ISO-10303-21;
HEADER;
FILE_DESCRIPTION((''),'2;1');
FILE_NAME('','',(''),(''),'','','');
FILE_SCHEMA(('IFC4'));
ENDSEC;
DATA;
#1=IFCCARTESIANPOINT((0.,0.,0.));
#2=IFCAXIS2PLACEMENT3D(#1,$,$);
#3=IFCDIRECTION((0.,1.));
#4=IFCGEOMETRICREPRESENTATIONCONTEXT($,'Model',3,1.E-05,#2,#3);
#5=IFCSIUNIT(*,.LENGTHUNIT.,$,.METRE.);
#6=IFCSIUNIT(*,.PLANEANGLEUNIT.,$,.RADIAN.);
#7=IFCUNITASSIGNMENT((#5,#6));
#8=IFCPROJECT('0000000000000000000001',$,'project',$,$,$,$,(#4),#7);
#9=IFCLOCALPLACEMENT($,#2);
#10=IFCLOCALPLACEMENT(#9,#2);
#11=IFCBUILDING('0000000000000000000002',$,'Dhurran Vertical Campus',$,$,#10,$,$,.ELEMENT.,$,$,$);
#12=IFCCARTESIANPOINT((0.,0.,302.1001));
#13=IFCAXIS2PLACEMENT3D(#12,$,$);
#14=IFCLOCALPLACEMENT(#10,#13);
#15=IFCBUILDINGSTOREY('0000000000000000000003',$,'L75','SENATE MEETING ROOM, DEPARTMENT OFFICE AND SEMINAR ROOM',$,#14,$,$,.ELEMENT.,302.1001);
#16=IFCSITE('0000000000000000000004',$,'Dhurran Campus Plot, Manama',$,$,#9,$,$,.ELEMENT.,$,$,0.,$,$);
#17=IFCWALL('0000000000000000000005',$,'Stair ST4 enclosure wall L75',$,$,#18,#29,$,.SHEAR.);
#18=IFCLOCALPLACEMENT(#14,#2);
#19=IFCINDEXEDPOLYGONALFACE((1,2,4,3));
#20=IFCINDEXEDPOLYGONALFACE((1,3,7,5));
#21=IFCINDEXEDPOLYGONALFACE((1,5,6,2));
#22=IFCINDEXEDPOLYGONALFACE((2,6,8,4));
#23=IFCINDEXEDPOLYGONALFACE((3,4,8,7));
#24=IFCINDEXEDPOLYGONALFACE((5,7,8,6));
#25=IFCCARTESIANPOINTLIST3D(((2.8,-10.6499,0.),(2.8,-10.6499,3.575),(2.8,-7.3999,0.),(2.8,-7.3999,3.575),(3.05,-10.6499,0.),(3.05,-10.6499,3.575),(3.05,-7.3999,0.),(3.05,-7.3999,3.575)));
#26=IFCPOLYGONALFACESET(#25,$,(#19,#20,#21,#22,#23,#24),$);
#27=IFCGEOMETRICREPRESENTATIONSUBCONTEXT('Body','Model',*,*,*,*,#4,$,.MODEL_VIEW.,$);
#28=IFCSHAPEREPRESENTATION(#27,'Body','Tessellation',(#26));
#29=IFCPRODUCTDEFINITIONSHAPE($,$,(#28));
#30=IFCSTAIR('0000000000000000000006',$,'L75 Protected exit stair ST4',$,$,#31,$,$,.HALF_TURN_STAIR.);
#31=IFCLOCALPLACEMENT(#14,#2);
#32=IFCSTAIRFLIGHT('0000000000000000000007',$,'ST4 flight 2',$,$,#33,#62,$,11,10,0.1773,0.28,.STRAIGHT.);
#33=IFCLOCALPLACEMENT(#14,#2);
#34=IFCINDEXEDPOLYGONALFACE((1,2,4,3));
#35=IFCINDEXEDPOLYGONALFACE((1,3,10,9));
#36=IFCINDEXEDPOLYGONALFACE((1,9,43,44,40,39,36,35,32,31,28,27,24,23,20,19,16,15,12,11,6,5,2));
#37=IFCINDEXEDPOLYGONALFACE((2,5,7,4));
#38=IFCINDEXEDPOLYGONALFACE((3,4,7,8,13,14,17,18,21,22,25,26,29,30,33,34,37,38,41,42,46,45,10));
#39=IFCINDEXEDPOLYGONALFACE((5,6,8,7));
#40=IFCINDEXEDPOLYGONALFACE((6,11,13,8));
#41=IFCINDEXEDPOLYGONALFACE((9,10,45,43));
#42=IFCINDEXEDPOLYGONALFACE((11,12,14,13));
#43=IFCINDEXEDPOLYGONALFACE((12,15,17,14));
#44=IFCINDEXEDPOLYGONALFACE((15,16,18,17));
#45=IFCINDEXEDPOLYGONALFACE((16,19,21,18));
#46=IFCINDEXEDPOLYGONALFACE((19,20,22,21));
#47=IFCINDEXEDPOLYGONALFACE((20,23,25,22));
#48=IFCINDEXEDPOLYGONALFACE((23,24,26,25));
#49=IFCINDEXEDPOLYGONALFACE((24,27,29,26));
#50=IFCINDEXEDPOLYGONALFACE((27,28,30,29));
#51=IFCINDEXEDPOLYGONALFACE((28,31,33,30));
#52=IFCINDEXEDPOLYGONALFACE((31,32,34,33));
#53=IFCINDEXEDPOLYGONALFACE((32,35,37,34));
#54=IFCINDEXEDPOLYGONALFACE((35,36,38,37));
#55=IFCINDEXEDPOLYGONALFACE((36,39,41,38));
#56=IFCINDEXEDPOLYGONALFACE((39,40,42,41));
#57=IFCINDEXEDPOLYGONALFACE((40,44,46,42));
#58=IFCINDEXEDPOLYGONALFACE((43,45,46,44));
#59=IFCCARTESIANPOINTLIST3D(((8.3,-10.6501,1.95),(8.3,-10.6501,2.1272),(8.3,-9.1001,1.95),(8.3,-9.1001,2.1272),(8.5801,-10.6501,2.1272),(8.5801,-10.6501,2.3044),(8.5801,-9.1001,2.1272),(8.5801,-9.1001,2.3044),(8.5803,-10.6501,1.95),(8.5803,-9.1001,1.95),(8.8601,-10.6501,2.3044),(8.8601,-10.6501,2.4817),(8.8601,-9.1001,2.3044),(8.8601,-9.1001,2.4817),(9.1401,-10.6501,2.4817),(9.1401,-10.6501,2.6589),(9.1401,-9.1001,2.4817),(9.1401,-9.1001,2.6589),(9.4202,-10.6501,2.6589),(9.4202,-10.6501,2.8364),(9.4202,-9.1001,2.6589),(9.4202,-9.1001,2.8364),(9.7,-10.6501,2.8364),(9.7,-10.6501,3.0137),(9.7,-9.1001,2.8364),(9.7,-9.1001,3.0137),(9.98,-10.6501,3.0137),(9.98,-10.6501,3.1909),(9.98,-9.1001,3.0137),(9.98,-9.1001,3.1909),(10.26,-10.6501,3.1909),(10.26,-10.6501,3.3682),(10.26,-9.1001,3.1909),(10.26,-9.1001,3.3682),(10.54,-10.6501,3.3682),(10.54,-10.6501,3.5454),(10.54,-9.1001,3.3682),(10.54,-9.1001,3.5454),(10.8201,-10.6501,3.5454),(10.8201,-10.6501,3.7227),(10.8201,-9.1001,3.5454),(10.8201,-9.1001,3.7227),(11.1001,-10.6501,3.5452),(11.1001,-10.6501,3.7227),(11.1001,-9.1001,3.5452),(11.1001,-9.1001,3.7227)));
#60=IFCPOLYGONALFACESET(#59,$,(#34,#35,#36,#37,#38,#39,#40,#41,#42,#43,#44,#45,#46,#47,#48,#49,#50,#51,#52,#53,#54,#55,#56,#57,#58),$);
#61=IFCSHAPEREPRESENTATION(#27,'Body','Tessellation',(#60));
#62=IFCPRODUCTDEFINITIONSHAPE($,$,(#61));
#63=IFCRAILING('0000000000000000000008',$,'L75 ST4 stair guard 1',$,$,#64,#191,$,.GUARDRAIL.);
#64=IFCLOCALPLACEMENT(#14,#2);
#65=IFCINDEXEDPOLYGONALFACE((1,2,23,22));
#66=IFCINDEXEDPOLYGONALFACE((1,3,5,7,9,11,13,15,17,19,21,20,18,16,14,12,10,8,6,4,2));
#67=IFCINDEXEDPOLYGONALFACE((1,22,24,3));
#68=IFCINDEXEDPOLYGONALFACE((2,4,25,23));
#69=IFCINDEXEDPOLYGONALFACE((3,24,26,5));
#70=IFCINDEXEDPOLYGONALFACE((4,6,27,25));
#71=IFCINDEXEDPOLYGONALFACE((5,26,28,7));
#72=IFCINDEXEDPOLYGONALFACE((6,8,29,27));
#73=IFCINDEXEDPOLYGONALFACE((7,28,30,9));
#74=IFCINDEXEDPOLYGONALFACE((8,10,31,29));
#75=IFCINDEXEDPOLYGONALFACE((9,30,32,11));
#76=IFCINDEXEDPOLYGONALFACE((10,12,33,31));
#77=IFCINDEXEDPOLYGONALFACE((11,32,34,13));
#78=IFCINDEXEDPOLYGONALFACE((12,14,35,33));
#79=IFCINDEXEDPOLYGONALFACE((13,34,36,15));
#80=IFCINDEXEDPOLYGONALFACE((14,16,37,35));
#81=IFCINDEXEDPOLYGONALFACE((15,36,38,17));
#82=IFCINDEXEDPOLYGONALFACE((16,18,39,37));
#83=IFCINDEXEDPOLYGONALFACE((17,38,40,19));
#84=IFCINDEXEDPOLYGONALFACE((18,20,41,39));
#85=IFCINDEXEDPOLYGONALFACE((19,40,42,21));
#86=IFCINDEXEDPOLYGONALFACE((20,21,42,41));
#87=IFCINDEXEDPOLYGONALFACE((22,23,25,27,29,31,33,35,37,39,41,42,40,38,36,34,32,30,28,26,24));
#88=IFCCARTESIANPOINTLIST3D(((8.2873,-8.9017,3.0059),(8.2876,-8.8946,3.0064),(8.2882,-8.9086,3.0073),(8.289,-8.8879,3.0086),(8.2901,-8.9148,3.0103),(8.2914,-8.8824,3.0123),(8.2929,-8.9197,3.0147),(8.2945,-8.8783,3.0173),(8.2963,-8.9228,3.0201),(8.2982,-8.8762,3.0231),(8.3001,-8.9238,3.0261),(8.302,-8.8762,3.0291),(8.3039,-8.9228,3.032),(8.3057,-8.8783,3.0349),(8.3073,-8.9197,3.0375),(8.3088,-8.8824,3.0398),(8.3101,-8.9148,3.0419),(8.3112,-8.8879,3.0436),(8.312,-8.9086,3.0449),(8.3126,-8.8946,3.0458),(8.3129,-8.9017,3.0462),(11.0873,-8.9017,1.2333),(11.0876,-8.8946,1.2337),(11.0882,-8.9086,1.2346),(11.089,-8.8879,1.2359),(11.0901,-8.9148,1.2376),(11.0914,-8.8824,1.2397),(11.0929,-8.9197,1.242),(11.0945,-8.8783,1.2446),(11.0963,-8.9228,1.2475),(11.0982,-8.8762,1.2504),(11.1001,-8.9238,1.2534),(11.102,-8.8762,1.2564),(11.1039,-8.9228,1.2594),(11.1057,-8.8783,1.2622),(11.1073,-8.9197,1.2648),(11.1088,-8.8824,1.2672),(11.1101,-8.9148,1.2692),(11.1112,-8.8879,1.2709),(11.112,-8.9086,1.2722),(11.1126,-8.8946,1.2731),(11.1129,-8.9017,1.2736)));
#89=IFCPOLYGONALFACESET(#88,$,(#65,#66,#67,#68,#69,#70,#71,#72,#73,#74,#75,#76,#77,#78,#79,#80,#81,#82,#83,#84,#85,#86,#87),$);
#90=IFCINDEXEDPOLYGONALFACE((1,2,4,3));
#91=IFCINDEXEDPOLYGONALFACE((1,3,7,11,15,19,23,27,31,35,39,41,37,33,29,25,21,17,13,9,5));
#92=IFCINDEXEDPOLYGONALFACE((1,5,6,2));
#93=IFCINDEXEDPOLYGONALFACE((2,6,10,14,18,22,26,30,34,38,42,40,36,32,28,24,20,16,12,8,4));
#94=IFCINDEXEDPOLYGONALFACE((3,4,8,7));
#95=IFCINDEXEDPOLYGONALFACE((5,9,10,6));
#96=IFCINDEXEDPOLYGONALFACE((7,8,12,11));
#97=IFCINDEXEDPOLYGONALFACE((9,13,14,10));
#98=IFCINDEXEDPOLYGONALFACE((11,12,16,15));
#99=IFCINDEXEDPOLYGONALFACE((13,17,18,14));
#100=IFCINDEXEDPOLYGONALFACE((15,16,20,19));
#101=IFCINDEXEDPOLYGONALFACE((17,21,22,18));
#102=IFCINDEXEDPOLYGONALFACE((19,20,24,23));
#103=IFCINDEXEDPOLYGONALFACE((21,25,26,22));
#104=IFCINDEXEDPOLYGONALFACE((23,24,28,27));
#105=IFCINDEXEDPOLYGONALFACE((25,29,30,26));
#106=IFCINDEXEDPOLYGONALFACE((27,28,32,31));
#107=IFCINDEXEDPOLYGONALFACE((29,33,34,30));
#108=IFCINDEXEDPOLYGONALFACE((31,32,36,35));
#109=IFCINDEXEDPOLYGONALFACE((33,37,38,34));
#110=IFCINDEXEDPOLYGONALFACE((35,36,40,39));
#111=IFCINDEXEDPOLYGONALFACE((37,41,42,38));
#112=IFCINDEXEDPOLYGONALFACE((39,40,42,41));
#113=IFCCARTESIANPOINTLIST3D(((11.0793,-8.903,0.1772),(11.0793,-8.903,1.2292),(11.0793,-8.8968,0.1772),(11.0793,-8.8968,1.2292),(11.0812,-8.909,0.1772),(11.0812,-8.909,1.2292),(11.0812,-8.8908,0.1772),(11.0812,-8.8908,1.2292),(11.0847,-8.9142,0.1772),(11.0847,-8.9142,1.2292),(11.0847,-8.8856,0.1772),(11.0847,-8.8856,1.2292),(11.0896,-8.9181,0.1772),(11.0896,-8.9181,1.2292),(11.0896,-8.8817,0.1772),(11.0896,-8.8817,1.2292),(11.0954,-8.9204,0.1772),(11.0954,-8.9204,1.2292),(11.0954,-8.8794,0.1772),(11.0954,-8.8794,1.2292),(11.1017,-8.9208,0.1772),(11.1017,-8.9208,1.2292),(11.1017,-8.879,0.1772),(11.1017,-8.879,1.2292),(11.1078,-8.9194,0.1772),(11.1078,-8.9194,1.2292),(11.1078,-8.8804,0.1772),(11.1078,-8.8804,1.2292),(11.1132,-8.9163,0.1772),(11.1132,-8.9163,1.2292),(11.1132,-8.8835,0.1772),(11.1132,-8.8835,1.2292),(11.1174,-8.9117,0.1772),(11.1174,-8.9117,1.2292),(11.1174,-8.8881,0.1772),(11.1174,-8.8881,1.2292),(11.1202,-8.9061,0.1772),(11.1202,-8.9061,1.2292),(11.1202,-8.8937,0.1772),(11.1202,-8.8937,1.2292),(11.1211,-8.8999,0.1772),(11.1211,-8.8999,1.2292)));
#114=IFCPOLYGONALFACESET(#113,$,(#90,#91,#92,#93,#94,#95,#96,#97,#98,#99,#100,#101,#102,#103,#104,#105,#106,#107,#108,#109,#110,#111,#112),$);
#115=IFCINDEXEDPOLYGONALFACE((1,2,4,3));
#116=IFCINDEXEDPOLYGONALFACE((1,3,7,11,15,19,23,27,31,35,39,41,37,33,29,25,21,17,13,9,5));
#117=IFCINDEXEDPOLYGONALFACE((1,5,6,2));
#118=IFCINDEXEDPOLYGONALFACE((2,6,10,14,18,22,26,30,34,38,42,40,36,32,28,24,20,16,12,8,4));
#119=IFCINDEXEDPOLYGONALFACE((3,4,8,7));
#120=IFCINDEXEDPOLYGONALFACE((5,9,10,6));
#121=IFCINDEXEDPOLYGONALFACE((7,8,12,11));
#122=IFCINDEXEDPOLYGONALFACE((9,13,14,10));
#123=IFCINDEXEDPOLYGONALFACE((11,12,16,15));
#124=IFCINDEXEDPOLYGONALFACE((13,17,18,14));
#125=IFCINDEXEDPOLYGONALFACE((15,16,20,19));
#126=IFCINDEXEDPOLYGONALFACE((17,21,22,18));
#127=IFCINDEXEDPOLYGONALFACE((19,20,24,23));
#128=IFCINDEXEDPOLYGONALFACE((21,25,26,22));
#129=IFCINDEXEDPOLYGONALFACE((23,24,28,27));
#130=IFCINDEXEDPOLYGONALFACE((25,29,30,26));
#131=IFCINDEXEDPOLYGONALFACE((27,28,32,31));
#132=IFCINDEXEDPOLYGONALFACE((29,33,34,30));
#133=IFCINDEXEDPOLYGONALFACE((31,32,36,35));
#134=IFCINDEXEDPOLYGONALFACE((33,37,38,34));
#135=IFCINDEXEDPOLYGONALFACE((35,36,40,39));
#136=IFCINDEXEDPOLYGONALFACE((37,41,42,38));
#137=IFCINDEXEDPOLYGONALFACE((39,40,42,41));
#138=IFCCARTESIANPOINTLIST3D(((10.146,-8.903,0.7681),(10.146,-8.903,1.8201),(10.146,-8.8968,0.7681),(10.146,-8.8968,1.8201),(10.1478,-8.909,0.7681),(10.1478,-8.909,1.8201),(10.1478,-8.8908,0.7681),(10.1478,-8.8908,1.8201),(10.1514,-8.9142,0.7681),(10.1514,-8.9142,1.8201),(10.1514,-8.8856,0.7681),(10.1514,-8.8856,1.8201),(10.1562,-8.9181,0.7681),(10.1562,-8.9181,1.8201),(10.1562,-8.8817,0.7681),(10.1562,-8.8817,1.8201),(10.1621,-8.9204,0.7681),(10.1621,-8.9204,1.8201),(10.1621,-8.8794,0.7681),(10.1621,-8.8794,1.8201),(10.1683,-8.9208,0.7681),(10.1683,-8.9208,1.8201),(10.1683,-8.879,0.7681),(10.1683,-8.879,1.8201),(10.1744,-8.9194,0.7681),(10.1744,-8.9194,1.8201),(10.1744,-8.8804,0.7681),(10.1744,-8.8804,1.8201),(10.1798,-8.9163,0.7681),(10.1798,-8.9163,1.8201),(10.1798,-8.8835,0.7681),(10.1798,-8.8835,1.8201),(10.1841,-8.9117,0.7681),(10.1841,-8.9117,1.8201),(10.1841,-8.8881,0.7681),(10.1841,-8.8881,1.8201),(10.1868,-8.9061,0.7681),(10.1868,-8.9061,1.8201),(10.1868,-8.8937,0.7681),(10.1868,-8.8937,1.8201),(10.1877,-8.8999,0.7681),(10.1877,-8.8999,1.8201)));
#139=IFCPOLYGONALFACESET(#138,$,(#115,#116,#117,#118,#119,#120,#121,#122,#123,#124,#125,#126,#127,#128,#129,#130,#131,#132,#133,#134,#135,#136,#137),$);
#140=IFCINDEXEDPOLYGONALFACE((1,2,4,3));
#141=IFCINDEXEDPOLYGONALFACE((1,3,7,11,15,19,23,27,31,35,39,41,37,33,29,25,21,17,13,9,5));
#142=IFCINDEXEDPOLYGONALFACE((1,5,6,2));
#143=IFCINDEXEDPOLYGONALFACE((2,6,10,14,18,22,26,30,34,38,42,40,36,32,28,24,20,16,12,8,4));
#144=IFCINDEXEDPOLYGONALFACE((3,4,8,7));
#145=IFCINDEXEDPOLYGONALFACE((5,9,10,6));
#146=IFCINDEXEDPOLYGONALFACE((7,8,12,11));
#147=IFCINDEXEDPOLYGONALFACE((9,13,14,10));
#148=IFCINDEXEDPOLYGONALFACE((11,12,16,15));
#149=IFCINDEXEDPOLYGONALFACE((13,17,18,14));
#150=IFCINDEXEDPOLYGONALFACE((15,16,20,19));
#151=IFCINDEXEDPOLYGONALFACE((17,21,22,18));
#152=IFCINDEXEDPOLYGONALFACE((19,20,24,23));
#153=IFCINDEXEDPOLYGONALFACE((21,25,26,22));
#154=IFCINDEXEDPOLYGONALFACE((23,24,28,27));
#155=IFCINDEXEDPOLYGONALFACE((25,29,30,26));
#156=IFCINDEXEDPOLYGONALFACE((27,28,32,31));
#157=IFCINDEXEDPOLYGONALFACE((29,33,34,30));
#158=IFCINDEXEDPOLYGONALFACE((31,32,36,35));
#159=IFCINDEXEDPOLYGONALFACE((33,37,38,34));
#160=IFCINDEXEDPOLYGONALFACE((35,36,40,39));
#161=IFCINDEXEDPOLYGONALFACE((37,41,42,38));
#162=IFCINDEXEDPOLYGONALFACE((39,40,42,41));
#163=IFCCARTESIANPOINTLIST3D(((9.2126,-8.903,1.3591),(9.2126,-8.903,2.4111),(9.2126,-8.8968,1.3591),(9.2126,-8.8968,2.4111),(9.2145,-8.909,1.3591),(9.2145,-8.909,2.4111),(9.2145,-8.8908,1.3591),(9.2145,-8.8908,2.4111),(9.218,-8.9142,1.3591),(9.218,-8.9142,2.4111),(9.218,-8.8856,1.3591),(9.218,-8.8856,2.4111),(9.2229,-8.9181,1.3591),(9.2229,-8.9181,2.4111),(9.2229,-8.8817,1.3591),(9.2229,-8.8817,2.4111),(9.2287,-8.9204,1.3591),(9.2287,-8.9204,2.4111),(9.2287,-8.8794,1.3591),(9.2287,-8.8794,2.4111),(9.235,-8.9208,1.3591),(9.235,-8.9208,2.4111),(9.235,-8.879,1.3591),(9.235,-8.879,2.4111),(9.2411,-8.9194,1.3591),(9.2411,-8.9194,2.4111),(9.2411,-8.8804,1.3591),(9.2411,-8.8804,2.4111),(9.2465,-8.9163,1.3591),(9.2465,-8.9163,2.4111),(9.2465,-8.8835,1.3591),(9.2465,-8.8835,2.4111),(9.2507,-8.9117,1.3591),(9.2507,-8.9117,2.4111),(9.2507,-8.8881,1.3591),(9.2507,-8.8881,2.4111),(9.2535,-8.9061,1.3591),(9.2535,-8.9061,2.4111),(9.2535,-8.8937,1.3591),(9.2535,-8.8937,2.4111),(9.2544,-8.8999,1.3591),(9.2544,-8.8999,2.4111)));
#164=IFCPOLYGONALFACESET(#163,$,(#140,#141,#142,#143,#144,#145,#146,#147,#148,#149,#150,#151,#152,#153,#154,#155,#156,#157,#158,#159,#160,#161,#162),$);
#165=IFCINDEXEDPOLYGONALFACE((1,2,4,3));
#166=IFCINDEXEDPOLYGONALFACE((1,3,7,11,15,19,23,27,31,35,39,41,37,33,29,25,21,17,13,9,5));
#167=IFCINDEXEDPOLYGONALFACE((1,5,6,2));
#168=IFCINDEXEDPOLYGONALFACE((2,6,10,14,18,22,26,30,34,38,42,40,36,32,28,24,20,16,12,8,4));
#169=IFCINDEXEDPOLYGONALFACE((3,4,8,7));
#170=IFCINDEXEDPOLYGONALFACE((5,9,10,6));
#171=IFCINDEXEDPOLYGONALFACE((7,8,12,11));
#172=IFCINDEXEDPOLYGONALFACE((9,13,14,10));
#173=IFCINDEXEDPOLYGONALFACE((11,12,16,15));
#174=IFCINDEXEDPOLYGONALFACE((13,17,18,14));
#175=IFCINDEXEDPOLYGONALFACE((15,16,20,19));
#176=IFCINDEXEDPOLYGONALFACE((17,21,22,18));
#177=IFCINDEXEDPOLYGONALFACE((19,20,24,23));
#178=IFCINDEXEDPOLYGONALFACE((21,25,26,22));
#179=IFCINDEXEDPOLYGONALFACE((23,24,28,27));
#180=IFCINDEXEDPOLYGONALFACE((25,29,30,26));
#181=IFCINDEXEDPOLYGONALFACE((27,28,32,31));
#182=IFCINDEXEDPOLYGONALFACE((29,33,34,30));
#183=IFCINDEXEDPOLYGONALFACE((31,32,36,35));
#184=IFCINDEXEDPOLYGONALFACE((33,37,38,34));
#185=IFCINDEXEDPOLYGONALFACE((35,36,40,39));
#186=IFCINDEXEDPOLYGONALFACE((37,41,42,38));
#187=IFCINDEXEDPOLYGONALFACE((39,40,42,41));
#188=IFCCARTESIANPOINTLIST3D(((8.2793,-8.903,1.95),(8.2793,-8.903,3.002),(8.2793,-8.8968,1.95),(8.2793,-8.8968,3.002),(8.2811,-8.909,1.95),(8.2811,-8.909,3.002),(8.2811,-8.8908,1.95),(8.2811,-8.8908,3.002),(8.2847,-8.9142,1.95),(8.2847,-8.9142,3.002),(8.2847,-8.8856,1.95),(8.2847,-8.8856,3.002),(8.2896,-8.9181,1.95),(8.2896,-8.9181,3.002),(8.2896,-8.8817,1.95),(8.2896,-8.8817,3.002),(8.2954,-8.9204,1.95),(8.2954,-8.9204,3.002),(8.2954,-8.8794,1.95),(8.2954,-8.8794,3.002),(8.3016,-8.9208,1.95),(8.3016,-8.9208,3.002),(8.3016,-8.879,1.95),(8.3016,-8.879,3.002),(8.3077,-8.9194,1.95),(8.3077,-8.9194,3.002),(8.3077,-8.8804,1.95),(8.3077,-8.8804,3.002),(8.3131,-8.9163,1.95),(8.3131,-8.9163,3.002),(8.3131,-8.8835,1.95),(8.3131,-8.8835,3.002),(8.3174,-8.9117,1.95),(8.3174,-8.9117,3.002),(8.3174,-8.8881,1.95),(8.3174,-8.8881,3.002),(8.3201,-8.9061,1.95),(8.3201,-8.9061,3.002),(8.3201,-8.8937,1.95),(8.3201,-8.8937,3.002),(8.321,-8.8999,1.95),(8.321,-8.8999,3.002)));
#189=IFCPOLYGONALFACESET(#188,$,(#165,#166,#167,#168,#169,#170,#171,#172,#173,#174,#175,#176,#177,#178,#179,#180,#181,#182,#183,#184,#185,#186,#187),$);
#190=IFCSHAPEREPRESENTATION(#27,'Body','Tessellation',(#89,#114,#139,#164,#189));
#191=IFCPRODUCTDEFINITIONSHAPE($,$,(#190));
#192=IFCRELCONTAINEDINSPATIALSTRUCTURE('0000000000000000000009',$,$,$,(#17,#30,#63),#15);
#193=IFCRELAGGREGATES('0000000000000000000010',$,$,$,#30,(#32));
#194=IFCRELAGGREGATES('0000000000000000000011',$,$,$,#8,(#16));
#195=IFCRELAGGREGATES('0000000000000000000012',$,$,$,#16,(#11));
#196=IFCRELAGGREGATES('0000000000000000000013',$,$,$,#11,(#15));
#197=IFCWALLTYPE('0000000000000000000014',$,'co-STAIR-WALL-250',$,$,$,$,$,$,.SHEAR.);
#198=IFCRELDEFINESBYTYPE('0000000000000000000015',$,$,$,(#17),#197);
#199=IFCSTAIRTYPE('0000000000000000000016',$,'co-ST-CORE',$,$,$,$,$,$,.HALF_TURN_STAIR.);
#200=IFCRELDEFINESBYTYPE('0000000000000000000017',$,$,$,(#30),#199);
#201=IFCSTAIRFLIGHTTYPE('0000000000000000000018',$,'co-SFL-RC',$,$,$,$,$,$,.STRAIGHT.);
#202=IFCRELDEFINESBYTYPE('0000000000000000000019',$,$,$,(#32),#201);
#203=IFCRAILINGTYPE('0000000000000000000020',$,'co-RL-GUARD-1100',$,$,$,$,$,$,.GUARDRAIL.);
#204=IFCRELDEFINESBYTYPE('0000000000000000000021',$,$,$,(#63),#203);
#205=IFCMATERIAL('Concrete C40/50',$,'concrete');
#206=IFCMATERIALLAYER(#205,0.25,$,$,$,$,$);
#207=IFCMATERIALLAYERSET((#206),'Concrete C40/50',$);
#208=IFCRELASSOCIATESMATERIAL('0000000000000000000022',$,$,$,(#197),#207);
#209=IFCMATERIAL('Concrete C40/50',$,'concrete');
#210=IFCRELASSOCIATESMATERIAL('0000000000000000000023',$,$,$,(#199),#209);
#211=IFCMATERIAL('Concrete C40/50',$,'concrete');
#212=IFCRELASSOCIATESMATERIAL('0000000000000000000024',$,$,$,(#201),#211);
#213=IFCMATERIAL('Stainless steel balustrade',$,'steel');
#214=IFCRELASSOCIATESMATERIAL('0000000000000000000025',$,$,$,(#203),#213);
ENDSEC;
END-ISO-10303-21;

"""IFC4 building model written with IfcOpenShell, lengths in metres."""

from ifc_helpers import new_model, si_unit, direction, frame, frame_2d, origin, origin_2d, place, context, subcontext, project, spatial, polyline, rectangle, circle, outline, extrude, material, layer, layer_set, type_object, element, aggregate, save


model = new_model("IFC4")

# Units and contexts
model_context = context("Model", 3, precision=1e-05, world=origin(), true_north=direction((0.0, 1.0)))
body_context = subcontext(model_context, "Body", "Model", "MODEL_VIEW")
ifc_project = project(units=[si_unit("LENGTHUNIT", "METRE"), si_unit("PLANEANGLEUNIT", "RADIAN")], contexts=[model_context])

# Site, building, storey
site_placement = place(None, origin())
site = spatial("IfcSite", under=ifc_project, at=site_placement, Name="Dhurran Campus Plot, Manama", CompositionType="ELEMENT", RefElevation=0.0)
building_placement = place(site_placement, origin())
building = spatial("IfcBuilding", under=site, at=building_placement, Name="Dhurran Vertical Campus", CompositionType="ELEMENT")
storey_placement = place(building_placement, frame((0.0, 0.0, 302.1001)))
storey = spatial("IfcBuildingStorey", under=building, at=storey_placement, Name="L75", Description="SENATE MEETING ROOM, DEPARTMENT OFFICE AND SEMINAR ROOM", CompositionType="ELEMENT", Elevation=302.1001)

# Shared definitions
ifc_material_1 = material(Name="Concrete C40/50", Category="concrete")
ifc_layer_1 = layer(ifc_material_1, 0.25)
ifc_layer_set_1 = layer_set([ifc_layer_1], Name="Concrete C40/50")
wall_type_1 = type_object("IfcWallType", Name="co-STAIR-WALL-250", PredefinedType="SHEAR", material=ifc_layer_set_1)

# Wall
wall_1_placement = place(storey_placement, frame((2.925, -10.6499, 0.0), z_axis=(0.0, 0.0, 1.0), x_axis=(0.0, 1.0, 0.0)))
element("IfcWall", 1, at=wall_1_placement, inside=storey, type_object=wall_type_1, Name="Stair ST4 enclosure wall L75", PredefinedType="SHEAR", context=body_context, shape_type="SweptSolid", body=[
    extrude(rectangle(XDim=3.25, YDim=0.25, at=frame_2d((1.625, 0.0))), origin(), (0.0, 0.0, 1.0), 3.575),
])

# Stair, stair flight
ifc_material_2 = material(Name="Concrete C40/50", Category="concrete")
stair_type = type_object("IfcStairType", Name="co-ST-CORE", PredefinedType="HALF_TURN_STAIR", material=ifc_material_2)
stair_placement = place(storey_placement, origin())
stair = element("IfcStair", 2, at=stair_placement, inside=storey, type_object=stair_type, Name="L75 Protected exit stair ST4", PredefinedType="HALF_TURN_STAIR")
ifc_material_3 = material(Name="Concrete C40/50", Category="concrete")
stair_flight_type = type_object("IfcStairFlightType", Name="co-SFL-RC", PredefinedType="STRAIGHT", material=ifc_material_3)
stair_flight_placement = place(storey_placement, frame((8.3, -9.875, 1.95), z_axis=(0.0, 0.0, 1.0), x_axis=(1.0, 0.0, 0.0)))
stair_flight = element("IfcStairFlight", 3, at=stair_flight_placement, type_object=stair_flight_type, Name="ST4 flight 2", NumberOfRisers=11, NumberOfTreads=10, PredefinedType="STRAIGHT", RiserHeight=0.1773, TreadLength=0.28, context=body_context, shape_type="SweptSolid", body=[
    extrude(outline(polyline([(0.0, 0.0), (0.0, 0.1772), (0.28, 0.1772), (0.28, 0.3545), (0.5601, 0.3545), (0.5601, 0.5317), (0.8401, 0.5317), (0.8401, 0.709), (1.1201, 0.709), (1.1201, 0.8865), (1.3999, 0.8865), (1.3999, 1.0637), (1.6799, 1.0637), (1.6799, 1.241), (1.96, 1.241), (1.96, 1.4182), (2.24, 1.4182), (2.24, 1.5955), (2.52, 1.5955), (2.52, 1.7727), (2.8, 1.7727), (2.8, 1.95), (2.8, 1.5952), (0.2803, 0.0), (0.0, 0.0)])), frame((0.0, 0.7749, 0.0), z_axis=(0.0, -1.0, 0.0), x_axis=(1.0, 0.0, 0.0)), (0.0, 0.0, 1.0), 1.55),
])
aggregate(stair, [stair_flight])

# Railing
ifc_material_4 = material(Name="Stainless steel balustrade", Category="steel")
railing_type_1 = type_object("IfcRailingType", Name="co-RL-GUARD-1100", PredefinedType="GUARDRAIL", material=ifc_material_4)
railing_1_placement = place(storey_placement, frame((11.1001, -8.8999, 0.1772)))
element("IfcRailing", 4, at=railing_1_placement, inside=storey, type_object=railing_type_1, Name="L75 ST4 stair guard 1", PredefinedType="GUARDRAIL", context=body_context, shape_type="SweptSolid", body=[
    extrude(circle(Radius=0.0239, at=origin_2d()), frame((0.0, 0.0, 1.0762), z_axis=(-0.844909, 0.0, 0.53491), x_axis=(0.0, -1.0, 0.0)), (0.0, 0.0, 1.0), 3.314),
    extrude(circle(Radius=0.021, at=origin_2d()), origin(), (0.0, 0.0, 1.0), 1.052),
    extrude(circle(Radius=0.021, at=origin_2d()), frame((-0.9333, 0.0, 0.5908)), (0.0, 0.0, 1.0), 1.052),
    extrude(circle(Radius=0.021, at=origin_2d()), frame((-1.8667, 0.0, 1.1819)), (0.0, 0.0, 1.0), 1.052),
    extrude(circle(Radius=0.021, at=origin_2d()), frame((-2.8, 0.0, 1.7727)), (0.0, 0.0, 1.0), 1.052),
])

save(model, "model.ifc")
